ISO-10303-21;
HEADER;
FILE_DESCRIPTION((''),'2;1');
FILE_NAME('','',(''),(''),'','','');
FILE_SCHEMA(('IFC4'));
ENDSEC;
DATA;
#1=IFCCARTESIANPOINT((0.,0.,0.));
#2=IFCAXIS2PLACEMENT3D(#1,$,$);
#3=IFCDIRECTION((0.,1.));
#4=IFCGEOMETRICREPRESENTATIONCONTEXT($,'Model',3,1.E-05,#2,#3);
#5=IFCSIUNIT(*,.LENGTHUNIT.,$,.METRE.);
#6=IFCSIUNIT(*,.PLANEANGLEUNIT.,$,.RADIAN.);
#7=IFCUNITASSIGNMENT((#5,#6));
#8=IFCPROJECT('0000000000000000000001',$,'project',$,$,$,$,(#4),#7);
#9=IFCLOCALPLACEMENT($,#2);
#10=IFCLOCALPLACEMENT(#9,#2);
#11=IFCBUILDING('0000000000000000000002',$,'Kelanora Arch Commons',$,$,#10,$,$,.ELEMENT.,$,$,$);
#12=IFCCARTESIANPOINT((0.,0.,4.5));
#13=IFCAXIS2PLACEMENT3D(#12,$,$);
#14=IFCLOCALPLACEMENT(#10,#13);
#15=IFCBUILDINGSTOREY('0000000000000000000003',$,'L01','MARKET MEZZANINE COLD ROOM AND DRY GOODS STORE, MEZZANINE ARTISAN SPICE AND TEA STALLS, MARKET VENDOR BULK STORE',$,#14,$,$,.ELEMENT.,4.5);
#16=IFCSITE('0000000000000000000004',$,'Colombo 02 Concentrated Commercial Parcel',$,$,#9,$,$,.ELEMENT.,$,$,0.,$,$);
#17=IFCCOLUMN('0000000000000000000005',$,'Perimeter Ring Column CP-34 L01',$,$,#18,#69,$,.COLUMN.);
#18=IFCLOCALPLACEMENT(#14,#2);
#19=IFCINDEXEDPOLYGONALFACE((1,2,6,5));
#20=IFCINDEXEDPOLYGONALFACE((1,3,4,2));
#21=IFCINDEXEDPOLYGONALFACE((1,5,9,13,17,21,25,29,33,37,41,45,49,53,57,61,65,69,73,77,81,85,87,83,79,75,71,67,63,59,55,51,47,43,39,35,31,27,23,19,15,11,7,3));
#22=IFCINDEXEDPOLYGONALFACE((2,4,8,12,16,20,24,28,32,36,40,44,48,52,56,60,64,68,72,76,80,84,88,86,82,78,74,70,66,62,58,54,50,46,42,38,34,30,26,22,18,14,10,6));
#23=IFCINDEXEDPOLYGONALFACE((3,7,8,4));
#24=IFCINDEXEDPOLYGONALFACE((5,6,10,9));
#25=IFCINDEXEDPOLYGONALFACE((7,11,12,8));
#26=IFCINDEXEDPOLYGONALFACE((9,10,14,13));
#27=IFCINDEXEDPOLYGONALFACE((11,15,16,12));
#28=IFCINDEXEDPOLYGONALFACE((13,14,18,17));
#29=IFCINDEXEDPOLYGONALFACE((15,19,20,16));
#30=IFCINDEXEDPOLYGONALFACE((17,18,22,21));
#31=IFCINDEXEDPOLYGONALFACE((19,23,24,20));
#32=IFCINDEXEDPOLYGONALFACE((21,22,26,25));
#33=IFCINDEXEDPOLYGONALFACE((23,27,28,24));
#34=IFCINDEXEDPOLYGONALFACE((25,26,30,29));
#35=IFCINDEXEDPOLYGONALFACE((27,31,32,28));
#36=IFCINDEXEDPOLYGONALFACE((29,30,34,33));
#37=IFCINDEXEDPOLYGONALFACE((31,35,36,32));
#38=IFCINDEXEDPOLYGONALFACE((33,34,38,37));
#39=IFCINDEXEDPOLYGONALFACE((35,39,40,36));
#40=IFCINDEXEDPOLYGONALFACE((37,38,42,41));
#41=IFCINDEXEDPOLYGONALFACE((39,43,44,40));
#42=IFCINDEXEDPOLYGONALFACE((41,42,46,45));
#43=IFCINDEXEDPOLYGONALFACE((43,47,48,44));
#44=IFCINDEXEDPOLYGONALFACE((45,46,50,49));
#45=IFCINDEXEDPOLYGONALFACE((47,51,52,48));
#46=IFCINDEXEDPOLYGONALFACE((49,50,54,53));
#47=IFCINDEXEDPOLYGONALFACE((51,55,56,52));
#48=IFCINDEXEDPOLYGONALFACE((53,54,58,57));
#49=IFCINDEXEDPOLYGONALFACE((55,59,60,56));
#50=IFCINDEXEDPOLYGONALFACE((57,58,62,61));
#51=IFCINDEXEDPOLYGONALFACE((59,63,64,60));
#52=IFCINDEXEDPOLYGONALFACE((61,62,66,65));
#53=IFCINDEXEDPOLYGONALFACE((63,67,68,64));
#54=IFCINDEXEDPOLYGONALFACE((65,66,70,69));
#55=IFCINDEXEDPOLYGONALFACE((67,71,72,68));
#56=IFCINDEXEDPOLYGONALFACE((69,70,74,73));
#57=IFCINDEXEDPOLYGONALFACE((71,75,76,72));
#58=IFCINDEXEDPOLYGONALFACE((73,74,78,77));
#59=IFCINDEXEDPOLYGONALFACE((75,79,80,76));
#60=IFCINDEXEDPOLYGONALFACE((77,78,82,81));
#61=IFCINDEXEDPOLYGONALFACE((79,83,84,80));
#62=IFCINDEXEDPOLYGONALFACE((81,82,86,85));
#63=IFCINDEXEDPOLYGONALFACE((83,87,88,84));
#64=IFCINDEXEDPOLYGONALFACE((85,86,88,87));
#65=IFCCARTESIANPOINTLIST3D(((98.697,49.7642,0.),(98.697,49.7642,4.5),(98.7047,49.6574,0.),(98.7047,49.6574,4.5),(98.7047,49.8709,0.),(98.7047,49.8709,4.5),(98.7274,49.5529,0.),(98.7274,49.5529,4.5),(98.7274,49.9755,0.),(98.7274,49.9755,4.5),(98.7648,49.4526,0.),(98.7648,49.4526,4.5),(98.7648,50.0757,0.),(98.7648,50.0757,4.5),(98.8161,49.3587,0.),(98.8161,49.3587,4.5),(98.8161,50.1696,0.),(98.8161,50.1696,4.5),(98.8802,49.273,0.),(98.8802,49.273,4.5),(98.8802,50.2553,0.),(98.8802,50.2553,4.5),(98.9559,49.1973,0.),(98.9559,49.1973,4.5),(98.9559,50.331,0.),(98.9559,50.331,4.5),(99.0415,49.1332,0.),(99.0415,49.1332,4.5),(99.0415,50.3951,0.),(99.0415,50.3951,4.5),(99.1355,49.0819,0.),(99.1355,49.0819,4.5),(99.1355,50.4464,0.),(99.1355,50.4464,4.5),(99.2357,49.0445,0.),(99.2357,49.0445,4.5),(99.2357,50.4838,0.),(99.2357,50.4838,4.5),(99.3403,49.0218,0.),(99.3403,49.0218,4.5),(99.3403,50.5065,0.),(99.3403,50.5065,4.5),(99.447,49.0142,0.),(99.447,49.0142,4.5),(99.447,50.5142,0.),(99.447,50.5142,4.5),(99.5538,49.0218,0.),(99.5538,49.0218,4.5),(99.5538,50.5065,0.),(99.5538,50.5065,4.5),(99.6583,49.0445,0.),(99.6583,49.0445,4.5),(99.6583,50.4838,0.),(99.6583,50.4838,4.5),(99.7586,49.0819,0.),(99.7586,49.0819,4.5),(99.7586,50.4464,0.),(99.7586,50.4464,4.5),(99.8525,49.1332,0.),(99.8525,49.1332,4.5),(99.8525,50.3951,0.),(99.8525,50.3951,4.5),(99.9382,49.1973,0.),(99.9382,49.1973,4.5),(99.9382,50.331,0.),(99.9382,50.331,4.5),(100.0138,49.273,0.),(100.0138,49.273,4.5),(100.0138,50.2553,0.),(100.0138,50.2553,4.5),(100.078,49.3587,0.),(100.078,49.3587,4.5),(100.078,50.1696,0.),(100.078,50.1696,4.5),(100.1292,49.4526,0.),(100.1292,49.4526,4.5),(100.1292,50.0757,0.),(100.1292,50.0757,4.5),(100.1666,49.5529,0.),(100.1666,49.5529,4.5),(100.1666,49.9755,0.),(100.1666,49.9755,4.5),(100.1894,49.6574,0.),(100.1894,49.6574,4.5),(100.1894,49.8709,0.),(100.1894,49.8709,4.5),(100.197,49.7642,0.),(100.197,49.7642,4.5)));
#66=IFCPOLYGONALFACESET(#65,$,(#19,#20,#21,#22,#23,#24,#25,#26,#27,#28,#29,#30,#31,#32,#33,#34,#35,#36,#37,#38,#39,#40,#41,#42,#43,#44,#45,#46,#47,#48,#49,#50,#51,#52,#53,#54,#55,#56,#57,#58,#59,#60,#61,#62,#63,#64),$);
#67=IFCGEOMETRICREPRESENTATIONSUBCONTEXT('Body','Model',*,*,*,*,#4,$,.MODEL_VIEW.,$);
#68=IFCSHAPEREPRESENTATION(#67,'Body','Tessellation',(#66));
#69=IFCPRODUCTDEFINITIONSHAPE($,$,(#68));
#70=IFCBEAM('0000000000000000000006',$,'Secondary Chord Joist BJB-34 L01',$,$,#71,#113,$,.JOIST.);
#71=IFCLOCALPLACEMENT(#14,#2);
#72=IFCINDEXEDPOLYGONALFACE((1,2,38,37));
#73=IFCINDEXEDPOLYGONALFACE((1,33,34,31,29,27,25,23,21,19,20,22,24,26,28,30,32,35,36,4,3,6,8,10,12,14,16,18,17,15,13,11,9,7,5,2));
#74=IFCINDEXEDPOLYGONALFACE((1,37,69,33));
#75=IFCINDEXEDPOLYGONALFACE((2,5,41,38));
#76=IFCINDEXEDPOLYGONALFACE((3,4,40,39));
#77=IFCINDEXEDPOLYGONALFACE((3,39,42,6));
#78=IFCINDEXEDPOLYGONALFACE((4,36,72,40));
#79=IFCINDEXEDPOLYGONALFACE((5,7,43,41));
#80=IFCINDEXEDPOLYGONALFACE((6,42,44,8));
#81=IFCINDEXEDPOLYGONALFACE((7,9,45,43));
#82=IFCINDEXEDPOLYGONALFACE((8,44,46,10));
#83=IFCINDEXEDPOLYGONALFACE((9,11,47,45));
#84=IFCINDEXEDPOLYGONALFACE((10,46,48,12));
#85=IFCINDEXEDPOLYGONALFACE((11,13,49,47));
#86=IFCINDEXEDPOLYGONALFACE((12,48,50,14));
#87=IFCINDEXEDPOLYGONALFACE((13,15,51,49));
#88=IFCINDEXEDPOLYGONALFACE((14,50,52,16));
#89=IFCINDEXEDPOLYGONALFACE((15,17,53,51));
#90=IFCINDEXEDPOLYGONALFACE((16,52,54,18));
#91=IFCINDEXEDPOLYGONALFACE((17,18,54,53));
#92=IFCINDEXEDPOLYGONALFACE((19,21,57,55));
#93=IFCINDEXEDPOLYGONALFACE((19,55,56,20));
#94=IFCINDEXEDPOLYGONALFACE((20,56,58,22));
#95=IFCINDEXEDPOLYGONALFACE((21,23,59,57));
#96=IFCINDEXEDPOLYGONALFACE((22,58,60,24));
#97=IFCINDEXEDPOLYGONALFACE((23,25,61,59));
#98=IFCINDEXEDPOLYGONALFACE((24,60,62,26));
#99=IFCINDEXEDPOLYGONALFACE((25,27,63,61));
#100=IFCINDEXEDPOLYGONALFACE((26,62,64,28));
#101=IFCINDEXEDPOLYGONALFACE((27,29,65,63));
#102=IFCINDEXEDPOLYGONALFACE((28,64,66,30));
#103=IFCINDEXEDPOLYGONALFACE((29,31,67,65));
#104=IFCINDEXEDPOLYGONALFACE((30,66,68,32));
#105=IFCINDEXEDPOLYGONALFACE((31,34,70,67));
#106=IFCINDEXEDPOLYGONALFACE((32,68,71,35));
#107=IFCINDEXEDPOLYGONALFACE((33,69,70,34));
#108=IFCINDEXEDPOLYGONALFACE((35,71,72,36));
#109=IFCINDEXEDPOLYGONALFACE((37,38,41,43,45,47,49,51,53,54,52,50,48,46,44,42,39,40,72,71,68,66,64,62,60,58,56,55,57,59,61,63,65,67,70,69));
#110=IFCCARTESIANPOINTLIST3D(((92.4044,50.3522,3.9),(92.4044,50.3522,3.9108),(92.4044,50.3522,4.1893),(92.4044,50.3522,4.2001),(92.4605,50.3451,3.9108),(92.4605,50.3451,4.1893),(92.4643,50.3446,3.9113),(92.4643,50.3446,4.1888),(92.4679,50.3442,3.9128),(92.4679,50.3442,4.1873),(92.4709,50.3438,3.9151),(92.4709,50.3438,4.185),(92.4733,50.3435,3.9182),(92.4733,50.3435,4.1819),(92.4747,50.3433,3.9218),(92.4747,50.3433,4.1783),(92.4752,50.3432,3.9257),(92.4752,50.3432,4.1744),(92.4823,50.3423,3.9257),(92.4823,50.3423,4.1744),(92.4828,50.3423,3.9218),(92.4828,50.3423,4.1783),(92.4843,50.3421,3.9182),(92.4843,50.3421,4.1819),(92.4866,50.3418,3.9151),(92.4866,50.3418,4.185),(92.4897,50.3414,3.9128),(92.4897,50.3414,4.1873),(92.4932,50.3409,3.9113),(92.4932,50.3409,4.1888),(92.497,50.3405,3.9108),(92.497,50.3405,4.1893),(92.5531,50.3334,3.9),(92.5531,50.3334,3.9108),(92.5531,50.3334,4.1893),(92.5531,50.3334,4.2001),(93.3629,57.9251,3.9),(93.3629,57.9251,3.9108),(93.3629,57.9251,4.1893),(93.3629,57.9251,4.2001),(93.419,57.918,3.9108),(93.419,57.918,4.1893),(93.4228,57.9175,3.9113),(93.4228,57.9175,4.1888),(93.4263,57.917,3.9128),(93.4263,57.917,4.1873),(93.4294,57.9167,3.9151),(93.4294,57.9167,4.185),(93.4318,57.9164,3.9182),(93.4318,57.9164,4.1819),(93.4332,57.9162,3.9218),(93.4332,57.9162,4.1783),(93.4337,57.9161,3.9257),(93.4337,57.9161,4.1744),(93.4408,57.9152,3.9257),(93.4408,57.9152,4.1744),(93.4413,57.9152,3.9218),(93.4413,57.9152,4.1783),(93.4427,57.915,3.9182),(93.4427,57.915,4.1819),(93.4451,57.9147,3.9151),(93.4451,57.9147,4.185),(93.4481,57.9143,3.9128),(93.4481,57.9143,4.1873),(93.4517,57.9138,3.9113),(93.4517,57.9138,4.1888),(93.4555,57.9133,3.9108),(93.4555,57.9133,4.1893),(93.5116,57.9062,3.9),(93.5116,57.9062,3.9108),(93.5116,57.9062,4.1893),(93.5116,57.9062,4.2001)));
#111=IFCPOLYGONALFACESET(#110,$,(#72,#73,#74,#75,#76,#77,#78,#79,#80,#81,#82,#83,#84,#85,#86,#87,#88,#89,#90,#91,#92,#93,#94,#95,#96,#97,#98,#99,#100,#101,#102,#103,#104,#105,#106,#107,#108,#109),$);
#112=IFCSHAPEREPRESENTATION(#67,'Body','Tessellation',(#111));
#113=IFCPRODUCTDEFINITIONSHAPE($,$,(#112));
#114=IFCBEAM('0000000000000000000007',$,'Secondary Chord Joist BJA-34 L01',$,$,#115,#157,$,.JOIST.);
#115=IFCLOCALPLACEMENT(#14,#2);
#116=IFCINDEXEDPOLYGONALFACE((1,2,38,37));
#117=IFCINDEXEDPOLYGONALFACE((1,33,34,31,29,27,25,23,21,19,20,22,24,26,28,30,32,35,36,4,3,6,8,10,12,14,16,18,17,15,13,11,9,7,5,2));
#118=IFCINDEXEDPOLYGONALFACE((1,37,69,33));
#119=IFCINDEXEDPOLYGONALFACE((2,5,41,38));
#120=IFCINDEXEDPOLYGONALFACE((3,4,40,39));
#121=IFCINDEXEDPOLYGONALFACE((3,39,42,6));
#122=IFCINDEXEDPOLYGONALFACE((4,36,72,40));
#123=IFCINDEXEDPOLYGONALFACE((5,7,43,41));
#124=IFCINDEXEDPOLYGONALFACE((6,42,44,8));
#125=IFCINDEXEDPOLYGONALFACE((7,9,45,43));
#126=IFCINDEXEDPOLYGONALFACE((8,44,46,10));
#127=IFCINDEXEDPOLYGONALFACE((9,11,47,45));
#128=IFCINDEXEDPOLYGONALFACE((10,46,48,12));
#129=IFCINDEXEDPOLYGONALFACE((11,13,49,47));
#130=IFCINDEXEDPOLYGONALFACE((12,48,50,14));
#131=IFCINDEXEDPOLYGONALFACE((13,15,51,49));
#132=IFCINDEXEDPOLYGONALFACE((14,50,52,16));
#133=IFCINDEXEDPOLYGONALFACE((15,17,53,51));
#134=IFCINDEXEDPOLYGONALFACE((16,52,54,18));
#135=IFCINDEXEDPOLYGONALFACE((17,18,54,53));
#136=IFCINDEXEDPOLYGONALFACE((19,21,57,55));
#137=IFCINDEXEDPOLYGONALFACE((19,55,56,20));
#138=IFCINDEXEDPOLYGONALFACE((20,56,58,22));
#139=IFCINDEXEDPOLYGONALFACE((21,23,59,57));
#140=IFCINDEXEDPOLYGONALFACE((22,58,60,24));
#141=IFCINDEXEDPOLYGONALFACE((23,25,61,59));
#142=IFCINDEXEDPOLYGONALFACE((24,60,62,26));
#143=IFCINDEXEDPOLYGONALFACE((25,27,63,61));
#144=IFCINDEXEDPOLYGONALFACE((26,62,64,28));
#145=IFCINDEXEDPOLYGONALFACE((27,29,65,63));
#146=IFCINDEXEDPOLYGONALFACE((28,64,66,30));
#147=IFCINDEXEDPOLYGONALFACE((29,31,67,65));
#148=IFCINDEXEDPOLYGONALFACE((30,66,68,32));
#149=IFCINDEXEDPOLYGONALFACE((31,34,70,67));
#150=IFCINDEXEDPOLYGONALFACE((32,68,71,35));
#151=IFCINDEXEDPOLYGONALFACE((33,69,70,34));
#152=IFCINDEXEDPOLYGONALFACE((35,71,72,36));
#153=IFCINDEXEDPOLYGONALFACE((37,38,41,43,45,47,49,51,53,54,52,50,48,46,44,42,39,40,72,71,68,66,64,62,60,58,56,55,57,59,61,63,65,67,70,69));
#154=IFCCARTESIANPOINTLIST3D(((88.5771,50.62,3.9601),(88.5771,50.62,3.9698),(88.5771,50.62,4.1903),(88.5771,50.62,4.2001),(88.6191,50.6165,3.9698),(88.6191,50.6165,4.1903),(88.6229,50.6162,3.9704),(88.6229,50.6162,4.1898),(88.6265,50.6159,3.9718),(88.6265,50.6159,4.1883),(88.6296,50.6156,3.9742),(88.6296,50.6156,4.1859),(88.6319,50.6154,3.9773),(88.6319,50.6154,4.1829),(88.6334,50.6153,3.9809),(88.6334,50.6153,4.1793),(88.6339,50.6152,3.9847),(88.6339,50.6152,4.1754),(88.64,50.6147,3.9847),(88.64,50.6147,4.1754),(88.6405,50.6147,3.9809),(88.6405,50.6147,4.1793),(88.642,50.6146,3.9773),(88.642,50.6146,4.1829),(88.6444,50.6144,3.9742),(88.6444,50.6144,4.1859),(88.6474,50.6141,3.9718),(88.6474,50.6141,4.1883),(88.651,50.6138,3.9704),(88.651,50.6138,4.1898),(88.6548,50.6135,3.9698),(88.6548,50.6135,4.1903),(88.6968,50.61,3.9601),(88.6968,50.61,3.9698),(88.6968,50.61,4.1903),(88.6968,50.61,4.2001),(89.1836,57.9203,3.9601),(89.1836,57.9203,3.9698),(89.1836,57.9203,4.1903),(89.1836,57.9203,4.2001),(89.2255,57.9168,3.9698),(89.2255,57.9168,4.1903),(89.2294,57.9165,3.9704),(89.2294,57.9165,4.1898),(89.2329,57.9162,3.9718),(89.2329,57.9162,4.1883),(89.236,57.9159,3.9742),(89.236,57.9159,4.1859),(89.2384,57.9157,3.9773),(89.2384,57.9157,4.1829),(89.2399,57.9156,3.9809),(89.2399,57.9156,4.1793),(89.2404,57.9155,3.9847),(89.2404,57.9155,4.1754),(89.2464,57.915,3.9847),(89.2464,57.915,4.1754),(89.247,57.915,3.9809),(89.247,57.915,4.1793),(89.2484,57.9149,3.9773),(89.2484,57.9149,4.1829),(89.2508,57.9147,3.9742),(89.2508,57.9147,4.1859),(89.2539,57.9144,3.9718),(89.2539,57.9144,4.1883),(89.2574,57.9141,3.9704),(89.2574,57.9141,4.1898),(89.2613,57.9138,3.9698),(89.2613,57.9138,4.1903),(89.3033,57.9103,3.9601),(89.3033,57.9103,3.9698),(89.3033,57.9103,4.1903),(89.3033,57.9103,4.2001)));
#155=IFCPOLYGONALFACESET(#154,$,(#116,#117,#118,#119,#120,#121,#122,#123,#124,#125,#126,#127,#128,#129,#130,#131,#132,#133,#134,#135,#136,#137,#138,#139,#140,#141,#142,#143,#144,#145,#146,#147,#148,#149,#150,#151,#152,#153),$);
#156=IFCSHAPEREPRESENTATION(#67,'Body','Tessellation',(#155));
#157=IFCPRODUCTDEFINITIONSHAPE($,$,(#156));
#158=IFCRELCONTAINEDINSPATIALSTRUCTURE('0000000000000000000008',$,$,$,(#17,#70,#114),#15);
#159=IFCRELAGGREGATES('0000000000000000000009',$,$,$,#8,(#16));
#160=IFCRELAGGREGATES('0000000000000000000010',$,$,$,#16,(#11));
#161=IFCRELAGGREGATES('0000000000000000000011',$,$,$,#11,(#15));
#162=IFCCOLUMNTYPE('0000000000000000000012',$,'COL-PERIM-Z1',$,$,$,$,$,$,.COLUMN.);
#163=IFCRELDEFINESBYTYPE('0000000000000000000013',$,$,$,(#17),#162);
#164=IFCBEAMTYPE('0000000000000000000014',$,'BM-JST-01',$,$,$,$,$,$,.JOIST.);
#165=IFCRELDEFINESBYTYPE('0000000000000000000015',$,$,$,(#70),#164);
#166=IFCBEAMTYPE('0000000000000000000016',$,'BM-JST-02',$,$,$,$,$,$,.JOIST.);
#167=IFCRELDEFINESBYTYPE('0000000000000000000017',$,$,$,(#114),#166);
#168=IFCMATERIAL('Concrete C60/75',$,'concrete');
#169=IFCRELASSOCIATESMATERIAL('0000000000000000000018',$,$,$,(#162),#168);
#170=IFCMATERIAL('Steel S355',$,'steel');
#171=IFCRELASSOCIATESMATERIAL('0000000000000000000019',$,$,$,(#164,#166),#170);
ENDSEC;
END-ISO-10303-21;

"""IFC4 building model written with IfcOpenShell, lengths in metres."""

from ifc_helpers import new_model, si_unit, direction, frame, origin, origin_2d, place, context, subcontext, project, spatial, circle, i_section, extrude, material, material_profile, profile_set, type_object, element, save


model = new_model("IFC4")

# Units and contexts
model_context = context("Model", 3, precision=1e-05, world=origin(), true_north=direction((0.0, 1.0)))
body_context = subcontext(model_context, "Body", "Model", "MODEL_VIEW")
ifc_project = project(units=[si_unit("LENGTHUNIT", "METRE"), si_unit("PLANEANGLEUNIT", "RADIAN")], contexts=[model_context])

# Site, building, storey
site_placement = place(None, origin())
site = spatial("IfcSite", under=ifc_project, at=site_placement, Name="Colombo 02 Concentrated Commercial Parcel", CompositionType="ELEMENT", RefElevation=0.0)
building_placement = place(site_placement, origin())
building = spatial("IfcBuilding", under=site, at=building_placement, Name="Kelanora Arch Commons", CompositionType="ELEMENT")
storey_placement = place(building_placement, frame((0.0, 0.0, 4.5)))
storey = spatial("IfcBuildingStorey", under=building, at=storey_placement, Name="L01", Description="MARKET MEZZANINE COLD ROOM AND DRY GOODS STORE, MEZZANINE ARTISAN SPICE AND TEA STALLS, MARKET VENDOR BULK STORE", CompositionType="ELEMENT", Elevation=4.5)

# Column
ifc_material_1 = material(Name="Concrete C60/75", Category="concrete")
ifc_material_profile_1 = material_profile(ifc_material_1, circle(Radius=0.75, at=origin_2d()), Name="RCC1500")
ifc_profile_set_1 = profile_set([ifc_material_profile_1], Name="Concrete C60/75")
column_type = type_object("IfcColumnType", Name="COL-PERIM-Z1", PredefinedType="COLUMN", material=ifc_profile_set_1)
column_placement = place(storey_placement, frame((99.447, 49.7642, 0.0), z_axis=(0.0, 0.0, 1.0), x_axis=(1.0, 0.0, 0.0)))
element("IfcColumn", 1, at=column_placement, inside=storey, type_object=column_type, Name="Perimeter Ring Column CP-34 L01", PredefinedType="COLUMN", context=body_context, shape_type="SweptSolid", body=[
    extrude(circle(Radius=0.75, at=origin_2d()), origin(), (0.0, 0.0, 1.0), 4.5),
])

# Beams
ifc_material_2 = material(Name="Steel S355", Category="steel")
ifc_material_profile_2 = material_profile(ifc_material_2, i_section(OverallWidth=0.1499, OverallDepth=0.3, WebThickness=0.0071, FlangeThickness=0.0107, FilletRadius=0.0149, at=origin_2d()), Name="IPE300")
ifc_profile_set_2 = profile_set([ifc_material_profile_2], Name="Steel S355")
beam_type_1 = type_object("IfcBeamType", Name="BM-JST-01", PredefinedType="JOIST", material=ifc_profile_set_2)
beam_1_placement = place(storey_placement, frame((92.4788, 50.3428, 4.05), z_axis=(0.125566, 0.992085, 0.0), x_axis=(-0.992085, 0.125566, 0.0)))
element("IfcBeam", 2, at=beam_1_placement, inside=storey, type_object=beam_type_1, Name="Secondary Chord Joist BJB-34 L01", PredefinedType="JOIST", context=body_context, shape_type="SweptSolid", body=[
    extrude(i_section(OverallWidth=0.1499, OverallDepth=0.3, WebThickness=0.0071, FlangeThickness=0.0107, FilletRadius=0.0149, at=origin_2d()), origin(), (0.0, 0.0, 1.0), 7.6333),
])
ifc_material_profile_3 = material_profile(ifc_material_2, i_section(OverallWidth=0.1201, OverallDepth=0.24, WebThickness=0.0061, FlangeThickness=0.0098, FilletRadius=0.0149, at=origin_2d()), Name="IPE240")
ifc_profile_set_3 = profile_set([ifc_material_profile_3], Name="Steel S355")
beam_type_2 = type_object("IfcBeamType", Name="BM-JST-02", PredefinedType="JOIST", material=ifc_profile_set_3)
beam_2_placement = place(storey_placement, frame((88.637, 50.615, 4.0801), z_axis=(0.082786, 0.996567, 0.0), x_axis=(-0.996567, 0.082786, 0.0)))
element("IfcBeam", 3, at=beam_2_placement, inside=storey, type_object=beam_type_2, Name="Secondary Chord Joist BJA-34 L01", PredefinedType="JOIST", context=body_context, shape_type="SweptSolid", body=[
    extrude(i_section(OverallWidth=0.1201, OverallDepth=0.24, WebThickness=0.0061, FlangeThickness=0.0098, FilletRadius=0.0149, at=origin_2d()), origin(), (0.0, 0.0, 1.0), 7.3254),
])

save(model, "model.ifc")
